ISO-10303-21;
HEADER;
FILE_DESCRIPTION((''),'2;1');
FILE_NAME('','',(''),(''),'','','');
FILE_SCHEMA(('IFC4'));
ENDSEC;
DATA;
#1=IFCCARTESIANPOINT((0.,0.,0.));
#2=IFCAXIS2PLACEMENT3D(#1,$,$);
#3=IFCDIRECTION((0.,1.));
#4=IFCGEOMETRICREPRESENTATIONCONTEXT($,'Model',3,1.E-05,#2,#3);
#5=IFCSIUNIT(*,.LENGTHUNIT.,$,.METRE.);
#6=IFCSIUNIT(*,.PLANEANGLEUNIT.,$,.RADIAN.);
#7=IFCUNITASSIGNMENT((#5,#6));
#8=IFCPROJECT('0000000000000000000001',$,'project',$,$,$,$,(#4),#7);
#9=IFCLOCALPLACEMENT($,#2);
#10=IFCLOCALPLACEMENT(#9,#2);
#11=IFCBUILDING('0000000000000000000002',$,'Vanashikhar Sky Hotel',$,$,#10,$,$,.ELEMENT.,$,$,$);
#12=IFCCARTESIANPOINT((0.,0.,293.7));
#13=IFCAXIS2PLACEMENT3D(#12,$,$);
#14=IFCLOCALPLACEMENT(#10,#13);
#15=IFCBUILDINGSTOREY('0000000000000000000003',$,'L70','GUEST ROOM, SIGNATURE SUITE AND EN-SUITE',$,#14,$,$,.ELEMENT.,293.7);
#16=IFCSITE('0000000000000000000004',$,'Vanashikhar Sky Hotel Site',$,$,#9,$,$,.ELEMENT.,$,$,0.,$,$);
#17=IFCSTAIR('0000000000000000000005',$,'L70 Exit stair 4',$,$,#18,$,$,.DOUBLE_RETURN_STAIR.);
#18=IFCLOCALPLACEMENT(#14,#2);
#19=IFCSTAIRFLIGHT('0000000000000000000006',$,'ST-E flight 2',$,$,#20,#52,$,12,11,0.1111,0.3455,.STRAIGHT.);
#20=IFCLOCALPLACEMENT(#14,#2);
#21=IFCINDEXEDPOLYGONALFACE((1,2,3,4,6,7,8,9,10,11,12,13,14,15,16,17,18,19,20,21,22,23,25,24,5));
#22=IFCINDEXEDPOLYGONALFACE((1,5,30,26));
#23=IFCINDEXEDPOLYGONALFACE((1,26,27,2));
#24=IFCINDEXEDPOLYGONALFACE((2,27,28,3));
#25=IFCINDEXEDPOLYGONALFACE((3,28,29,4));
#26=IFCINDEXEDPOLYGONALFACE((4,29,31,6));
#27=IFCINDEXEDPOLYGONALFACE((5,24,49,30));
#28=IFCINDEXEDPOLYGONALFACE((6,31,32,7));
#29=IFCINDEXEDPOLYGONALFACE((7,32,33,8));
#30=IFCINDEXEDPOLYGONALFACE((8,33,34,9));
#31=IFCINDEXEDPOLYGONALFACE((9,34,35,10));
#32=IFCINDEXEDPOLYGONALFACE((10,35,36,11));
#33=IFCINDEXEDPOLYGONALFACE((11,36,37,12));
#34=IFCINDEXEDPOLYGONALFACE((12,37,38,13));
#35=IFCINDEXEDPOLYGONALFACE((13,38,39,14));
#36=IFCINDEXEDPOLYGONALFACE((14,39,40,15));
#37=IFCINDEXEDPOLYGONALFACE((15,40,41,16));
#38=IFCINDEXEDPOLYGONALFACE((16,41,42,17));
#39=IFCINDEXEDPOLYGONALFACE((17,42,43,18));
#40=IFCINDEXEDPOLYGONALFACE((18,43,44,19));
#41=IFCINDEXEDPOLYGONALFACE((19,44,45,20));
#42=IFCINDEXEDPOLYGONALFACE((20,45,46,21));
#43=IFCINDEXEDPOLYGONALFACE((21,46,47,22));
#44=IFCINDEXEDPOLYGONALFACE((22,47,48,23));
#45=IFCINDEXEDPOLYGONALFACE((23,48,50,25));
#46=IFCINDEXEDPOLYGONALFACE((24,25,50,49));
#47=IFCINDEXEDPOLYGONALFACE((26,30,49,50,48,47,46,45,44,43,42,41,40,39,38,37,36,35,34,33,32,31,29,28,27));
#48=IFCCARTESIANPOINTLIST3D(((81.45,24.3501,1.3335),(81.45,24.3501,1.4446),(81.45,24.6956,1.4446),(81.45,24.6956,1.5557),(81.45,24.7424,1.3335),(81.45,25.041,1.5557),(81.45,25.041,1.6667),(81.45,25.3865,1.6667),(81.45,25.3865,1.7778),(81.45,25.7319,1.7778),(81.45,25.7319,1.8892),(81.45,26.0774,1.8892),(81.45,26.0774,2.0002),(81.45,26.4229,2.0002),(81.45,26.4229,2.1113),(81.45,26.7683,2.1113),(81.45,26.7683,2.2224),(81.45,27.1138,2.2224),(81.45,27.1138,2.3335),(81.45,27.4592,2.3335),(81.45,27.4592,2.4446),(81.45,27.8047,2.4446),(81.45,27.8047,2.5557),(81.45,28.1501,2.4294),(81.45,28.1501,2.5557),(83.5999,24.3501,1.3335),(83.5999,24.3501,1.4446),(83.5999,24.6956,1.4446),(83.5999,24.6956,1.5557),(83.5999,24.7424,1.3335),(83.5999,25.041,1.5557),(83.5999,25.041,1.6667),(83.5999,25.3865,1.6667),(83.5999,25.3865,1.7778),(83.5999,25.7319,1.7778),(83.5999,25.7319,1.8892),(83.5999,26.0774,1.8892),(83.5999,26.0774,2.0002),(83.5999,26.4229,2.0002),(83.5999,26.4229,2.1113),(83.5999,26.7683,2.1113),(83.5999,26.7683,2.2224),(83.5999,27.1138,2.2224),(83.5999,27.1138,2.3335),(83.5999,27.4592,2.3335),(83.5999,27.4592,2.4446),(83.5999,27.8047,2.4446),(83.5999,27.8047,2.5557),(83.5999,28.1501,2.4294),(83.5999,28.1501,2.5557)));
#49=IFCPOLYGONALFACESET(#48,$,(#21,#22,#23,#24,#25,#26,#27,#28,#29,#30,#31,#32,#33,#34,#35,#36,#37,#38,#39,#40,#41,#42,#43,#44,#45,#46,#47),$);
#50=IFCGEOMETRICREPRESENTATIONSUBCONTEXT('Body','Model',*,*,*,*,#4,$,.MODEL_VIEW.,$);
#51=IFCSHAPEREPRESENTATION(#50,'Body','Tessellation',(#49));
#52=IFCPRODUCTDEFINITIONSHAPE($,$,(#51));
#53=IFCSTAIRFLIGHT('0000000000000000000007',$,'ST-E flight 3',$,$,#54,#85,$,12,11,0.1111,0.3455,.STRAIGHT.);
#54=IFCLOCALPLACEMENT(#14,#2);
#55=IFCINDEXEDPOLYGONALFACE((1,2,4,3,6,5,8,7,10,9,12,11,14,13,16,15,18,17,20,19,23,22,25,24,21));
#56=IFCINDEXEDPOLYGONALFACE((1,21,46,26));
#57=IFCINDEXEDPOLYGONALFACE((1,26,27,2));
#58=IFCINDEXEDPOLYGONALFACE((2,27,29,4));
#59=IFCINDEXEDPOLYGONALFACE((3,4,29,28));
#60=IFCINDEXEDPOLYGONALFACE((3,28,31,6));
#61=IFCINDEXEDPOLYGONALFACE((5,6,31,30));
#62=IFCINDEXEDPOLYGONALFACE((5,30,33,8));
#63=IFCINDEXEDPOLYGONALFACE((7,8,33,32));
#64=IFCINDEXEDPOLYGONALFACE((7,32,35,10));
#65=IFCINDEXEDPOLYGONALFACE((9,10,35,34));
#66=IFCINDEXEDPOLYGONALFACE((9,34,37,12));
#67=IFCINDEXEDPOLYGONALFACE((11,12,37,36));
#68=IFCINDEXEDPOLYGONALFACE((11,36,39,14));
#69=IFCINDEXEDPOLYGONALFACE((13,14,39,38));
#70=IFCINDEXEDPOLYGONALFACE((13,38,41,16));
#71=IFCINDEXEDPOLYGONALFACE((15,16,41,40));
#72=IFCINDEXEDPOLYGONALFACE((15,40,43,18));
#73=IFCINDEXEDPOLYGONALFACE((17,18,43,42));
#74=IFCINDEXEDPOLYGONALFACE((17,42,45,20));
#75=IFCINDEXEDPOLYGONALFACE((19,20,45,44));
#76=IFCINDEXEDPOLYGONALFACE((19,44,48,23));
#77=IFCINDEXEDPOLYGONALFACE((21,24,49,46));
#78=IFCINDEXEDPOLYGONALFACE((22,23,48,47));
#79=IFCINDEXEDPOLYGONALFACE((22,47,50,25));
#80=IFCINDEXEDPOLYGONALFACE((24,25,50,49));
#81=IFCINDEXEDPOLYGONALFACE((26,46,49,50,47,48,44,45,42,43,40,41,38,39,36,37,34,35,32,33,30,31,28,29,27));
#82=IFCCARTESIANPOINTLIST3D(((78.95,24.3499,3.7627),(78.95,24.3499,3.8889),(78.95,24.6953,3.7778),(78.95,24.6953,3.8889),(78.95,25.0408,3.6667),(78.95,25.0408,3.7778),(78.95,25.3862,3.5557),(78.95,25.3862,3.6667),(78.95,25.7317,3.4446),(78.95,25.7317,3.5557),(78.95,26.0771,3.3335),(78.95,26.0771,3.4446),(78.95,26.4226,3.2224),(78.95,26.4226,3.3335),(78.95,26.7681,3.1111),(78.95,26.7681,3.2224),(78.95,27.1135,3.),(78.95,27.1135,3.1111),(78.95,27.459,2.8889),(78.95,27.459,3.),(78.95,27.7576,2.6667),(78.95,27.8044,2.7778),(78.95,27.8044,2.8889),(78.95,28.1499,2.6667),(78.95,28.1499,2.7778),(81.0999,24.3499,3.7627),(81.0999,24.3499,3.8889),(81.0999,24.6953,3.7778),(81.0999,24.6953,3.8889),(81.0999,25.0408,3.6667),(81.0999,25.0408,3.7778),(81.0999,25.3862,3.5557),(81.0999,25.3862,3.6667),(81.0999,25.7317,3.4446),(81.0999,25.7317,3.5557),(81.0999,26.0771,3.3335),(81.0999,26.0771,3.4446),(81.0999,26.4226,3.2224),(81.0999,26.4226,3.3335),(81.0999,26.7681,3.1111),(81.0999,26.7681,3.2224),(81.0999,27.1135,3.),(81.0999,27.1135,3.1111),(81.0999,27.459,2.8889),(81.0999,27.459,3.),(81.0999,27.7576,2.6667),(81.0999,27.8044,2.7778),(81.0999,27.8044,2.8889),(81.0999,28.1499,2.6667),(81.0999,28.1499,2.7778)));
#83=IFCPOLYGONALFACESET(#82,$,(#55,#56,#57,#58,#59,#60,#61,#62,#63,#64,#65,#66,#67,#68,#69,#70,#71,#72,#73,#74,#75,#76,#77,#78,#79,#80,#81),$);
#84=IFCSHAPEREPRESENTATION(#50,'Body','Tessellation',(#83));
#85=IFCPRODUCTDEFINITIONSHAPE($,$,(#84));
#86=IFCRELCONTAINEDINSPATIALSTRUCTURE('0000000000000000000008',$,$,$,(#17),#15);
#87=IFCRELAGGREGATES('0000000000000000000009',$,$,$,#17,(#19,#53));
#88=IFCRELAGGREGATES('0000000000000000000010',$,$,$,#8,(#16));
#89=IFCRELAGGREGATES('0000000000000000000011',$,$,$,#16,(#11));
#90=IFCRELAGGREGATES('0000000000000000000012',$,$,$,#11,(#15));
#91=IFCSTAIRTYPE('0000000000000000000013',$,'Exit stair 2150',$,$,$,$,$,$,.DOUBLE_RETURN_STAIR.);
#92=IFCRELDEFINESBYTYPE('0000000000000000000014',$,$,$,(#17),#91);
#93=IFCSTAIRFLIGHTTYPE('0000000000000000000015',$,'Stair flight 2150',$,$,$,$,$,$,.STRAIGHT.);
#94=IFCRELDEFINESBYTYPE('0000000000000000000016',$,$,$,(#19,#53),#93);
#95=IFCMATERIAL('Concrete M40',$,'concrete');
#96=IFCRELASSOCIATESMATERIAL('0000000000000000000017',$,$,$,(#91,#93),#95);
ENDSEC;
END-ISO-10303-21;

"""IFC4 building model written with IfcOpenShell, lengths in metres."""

from ifc_helpers import new_model, si_unit, direction, frame, origin, place, context, subcontext, project, spatial, polyline, outline, extrude, source, transform, mapped, material, type_object, element, aggregate, save


model = new_model("IFC4")

# Units and contexts
model_context = context("Model", 3, precision=1e-05, world=origin(), true_north=direction((0.0, 1.0)))
body_context = subcontext(model_context, "Body", "Model", "MODEL_VIEW")
ifc_project = project(units=[si_unit("LENGTHUNIT", "METRE"), si_unit("PLANEANGLEUNIT", "RADIAN")], contexts=[model_context])

# Site, building, storey
site_placement = place(None, origin())
site = spatial("IfcSite", under=ifc_project, at=site_placement, Name="Vanashikhar Sky Hotel Site", CompositionType="ELEMENT", RefElevation=0.0)
building_placement = place(site_placement, origin())
building = spatial("IfcBuilding", under=site, at=building_placement, Name="Vanashikhar Sky Hotel", CompositionType="ELEMENT")
storey_placement = place(building_placement, frame((0.0, 0.0, 293.7)))
storey = spatial("IfcBuildingStorey", under=building, at=storey_placement, Name="L70", Description="GUEST ROOM, SIGNATURE SUITE AND EN-SUITE", CompositionType="ELEMENT", Elevation=293.7)

# Shared definitions
ifc_material_1 = material(Name="Concrete M40", Category="concrete")
stair_type = type_object("IfcStairType", Name="Exit stair 2150", PredefinedType="DOUBLE_RETURN_STAIR", material=ifc_material_1)
stair_flight_type = type_object("IfcStairFlightType", Name="Stair flight 2150", PredefinedType="STRAIGHT", material=ifc_material_1)
shared_shape_1 = source(origin(), body_context, "Body", "SweptSolid", [
    extrude(outline(polyline([(0.0, 0.0), (0.0, 0.1111), (0.3455, 0.1111), (0.3455, 0.2222), (0.6909, 0.2222), (0.6909, 0.3333), (1.0364, 0.3333), (1.0364, 0.4443), (1.3818, 0.4443), (1.3818, 0.5557), (1.7273, 0.5557), (1.7273, 0.6667), (2.0728, 0.6667), (2.0728, 0.7778), (2.4182, 0.7778), (2.4182, 0.8889), (2.7637, 0.8889), (2.7637, 1.0), (3.1091, 1.0), (3.1091, 1.1111), (3.4546, 1.1111), (3.4546, 1.2222), (3.8, 1.2222), (3.8, 1.3333), (3.8, 1.0959), (0.3923, 0.0), (0.0, 0.0)])), frame((0.0, 1.075, 0.0), z_axis=(0.0, -1.0, 0.0), x_axis=(1.0, 0.0, 0.0)), (0.0, 0.0, 1.0), 2.1499),
])

# Stair, stair flights
stair_1_placement = place(storey_placement, origin())
stair_1 = element("IfcStair", 1, at=stair_1_placement, inside=storey, type_object=stair_type, Name="L70 Exit stair 4", PredefinedType="DOUBLE_RETURN_STAIR")
stair_flight_1_placement = place(storey_placement, frame((82.5249, 24.3501, 1.3335), z_axis=(0.0, 0.0, 1.0), x_axis=(0.0, 1.0, 0.0)))
stair_flight_1 = element("IfcStairFlight", 2, at=stair_flight_1_placement, type_object=stair_flight_type, Name="ST-E flight 2", NumberOfRisers=12, NumberOfTreads=11, PredefinedType="STRAIGHT", RiserHeight=0.1111, TreadLength=0.3455, context=body_context, shape_type="MappedRepresentation", body=[
    mapped(shared_shape_1, transform((0.0, 0.0, 0.0), scale=1.0)),
])
stair_flight_2_placement = place(storey_placement, frame((80.0249, 28.1499, 2.6667), z_axis=(0.0, 0.0, 1.0), x_axis=(0.0, -1.0, 0.0)))
stair_flight_2 = element("IfcStairFlight", 3, at=stair_flight_2_placement, type_object=stair_flight_type, Name="ST-E flight 3", NumberOfRisers=12, NumberOfTreads=11, PredefinedType="STRAIGHT", RiserHeight=0.1111, TreadLength=0.3455, context=body_context, shape_type="MappedRepresentation", body=[
    mapped(shared_shape_1, transform((0.0, 0.0, 0.0), scale=1.0)),
])
aggregate(stair_1, [stair_flight_1, stair_flight_2])

save(model, "model.ifc")
